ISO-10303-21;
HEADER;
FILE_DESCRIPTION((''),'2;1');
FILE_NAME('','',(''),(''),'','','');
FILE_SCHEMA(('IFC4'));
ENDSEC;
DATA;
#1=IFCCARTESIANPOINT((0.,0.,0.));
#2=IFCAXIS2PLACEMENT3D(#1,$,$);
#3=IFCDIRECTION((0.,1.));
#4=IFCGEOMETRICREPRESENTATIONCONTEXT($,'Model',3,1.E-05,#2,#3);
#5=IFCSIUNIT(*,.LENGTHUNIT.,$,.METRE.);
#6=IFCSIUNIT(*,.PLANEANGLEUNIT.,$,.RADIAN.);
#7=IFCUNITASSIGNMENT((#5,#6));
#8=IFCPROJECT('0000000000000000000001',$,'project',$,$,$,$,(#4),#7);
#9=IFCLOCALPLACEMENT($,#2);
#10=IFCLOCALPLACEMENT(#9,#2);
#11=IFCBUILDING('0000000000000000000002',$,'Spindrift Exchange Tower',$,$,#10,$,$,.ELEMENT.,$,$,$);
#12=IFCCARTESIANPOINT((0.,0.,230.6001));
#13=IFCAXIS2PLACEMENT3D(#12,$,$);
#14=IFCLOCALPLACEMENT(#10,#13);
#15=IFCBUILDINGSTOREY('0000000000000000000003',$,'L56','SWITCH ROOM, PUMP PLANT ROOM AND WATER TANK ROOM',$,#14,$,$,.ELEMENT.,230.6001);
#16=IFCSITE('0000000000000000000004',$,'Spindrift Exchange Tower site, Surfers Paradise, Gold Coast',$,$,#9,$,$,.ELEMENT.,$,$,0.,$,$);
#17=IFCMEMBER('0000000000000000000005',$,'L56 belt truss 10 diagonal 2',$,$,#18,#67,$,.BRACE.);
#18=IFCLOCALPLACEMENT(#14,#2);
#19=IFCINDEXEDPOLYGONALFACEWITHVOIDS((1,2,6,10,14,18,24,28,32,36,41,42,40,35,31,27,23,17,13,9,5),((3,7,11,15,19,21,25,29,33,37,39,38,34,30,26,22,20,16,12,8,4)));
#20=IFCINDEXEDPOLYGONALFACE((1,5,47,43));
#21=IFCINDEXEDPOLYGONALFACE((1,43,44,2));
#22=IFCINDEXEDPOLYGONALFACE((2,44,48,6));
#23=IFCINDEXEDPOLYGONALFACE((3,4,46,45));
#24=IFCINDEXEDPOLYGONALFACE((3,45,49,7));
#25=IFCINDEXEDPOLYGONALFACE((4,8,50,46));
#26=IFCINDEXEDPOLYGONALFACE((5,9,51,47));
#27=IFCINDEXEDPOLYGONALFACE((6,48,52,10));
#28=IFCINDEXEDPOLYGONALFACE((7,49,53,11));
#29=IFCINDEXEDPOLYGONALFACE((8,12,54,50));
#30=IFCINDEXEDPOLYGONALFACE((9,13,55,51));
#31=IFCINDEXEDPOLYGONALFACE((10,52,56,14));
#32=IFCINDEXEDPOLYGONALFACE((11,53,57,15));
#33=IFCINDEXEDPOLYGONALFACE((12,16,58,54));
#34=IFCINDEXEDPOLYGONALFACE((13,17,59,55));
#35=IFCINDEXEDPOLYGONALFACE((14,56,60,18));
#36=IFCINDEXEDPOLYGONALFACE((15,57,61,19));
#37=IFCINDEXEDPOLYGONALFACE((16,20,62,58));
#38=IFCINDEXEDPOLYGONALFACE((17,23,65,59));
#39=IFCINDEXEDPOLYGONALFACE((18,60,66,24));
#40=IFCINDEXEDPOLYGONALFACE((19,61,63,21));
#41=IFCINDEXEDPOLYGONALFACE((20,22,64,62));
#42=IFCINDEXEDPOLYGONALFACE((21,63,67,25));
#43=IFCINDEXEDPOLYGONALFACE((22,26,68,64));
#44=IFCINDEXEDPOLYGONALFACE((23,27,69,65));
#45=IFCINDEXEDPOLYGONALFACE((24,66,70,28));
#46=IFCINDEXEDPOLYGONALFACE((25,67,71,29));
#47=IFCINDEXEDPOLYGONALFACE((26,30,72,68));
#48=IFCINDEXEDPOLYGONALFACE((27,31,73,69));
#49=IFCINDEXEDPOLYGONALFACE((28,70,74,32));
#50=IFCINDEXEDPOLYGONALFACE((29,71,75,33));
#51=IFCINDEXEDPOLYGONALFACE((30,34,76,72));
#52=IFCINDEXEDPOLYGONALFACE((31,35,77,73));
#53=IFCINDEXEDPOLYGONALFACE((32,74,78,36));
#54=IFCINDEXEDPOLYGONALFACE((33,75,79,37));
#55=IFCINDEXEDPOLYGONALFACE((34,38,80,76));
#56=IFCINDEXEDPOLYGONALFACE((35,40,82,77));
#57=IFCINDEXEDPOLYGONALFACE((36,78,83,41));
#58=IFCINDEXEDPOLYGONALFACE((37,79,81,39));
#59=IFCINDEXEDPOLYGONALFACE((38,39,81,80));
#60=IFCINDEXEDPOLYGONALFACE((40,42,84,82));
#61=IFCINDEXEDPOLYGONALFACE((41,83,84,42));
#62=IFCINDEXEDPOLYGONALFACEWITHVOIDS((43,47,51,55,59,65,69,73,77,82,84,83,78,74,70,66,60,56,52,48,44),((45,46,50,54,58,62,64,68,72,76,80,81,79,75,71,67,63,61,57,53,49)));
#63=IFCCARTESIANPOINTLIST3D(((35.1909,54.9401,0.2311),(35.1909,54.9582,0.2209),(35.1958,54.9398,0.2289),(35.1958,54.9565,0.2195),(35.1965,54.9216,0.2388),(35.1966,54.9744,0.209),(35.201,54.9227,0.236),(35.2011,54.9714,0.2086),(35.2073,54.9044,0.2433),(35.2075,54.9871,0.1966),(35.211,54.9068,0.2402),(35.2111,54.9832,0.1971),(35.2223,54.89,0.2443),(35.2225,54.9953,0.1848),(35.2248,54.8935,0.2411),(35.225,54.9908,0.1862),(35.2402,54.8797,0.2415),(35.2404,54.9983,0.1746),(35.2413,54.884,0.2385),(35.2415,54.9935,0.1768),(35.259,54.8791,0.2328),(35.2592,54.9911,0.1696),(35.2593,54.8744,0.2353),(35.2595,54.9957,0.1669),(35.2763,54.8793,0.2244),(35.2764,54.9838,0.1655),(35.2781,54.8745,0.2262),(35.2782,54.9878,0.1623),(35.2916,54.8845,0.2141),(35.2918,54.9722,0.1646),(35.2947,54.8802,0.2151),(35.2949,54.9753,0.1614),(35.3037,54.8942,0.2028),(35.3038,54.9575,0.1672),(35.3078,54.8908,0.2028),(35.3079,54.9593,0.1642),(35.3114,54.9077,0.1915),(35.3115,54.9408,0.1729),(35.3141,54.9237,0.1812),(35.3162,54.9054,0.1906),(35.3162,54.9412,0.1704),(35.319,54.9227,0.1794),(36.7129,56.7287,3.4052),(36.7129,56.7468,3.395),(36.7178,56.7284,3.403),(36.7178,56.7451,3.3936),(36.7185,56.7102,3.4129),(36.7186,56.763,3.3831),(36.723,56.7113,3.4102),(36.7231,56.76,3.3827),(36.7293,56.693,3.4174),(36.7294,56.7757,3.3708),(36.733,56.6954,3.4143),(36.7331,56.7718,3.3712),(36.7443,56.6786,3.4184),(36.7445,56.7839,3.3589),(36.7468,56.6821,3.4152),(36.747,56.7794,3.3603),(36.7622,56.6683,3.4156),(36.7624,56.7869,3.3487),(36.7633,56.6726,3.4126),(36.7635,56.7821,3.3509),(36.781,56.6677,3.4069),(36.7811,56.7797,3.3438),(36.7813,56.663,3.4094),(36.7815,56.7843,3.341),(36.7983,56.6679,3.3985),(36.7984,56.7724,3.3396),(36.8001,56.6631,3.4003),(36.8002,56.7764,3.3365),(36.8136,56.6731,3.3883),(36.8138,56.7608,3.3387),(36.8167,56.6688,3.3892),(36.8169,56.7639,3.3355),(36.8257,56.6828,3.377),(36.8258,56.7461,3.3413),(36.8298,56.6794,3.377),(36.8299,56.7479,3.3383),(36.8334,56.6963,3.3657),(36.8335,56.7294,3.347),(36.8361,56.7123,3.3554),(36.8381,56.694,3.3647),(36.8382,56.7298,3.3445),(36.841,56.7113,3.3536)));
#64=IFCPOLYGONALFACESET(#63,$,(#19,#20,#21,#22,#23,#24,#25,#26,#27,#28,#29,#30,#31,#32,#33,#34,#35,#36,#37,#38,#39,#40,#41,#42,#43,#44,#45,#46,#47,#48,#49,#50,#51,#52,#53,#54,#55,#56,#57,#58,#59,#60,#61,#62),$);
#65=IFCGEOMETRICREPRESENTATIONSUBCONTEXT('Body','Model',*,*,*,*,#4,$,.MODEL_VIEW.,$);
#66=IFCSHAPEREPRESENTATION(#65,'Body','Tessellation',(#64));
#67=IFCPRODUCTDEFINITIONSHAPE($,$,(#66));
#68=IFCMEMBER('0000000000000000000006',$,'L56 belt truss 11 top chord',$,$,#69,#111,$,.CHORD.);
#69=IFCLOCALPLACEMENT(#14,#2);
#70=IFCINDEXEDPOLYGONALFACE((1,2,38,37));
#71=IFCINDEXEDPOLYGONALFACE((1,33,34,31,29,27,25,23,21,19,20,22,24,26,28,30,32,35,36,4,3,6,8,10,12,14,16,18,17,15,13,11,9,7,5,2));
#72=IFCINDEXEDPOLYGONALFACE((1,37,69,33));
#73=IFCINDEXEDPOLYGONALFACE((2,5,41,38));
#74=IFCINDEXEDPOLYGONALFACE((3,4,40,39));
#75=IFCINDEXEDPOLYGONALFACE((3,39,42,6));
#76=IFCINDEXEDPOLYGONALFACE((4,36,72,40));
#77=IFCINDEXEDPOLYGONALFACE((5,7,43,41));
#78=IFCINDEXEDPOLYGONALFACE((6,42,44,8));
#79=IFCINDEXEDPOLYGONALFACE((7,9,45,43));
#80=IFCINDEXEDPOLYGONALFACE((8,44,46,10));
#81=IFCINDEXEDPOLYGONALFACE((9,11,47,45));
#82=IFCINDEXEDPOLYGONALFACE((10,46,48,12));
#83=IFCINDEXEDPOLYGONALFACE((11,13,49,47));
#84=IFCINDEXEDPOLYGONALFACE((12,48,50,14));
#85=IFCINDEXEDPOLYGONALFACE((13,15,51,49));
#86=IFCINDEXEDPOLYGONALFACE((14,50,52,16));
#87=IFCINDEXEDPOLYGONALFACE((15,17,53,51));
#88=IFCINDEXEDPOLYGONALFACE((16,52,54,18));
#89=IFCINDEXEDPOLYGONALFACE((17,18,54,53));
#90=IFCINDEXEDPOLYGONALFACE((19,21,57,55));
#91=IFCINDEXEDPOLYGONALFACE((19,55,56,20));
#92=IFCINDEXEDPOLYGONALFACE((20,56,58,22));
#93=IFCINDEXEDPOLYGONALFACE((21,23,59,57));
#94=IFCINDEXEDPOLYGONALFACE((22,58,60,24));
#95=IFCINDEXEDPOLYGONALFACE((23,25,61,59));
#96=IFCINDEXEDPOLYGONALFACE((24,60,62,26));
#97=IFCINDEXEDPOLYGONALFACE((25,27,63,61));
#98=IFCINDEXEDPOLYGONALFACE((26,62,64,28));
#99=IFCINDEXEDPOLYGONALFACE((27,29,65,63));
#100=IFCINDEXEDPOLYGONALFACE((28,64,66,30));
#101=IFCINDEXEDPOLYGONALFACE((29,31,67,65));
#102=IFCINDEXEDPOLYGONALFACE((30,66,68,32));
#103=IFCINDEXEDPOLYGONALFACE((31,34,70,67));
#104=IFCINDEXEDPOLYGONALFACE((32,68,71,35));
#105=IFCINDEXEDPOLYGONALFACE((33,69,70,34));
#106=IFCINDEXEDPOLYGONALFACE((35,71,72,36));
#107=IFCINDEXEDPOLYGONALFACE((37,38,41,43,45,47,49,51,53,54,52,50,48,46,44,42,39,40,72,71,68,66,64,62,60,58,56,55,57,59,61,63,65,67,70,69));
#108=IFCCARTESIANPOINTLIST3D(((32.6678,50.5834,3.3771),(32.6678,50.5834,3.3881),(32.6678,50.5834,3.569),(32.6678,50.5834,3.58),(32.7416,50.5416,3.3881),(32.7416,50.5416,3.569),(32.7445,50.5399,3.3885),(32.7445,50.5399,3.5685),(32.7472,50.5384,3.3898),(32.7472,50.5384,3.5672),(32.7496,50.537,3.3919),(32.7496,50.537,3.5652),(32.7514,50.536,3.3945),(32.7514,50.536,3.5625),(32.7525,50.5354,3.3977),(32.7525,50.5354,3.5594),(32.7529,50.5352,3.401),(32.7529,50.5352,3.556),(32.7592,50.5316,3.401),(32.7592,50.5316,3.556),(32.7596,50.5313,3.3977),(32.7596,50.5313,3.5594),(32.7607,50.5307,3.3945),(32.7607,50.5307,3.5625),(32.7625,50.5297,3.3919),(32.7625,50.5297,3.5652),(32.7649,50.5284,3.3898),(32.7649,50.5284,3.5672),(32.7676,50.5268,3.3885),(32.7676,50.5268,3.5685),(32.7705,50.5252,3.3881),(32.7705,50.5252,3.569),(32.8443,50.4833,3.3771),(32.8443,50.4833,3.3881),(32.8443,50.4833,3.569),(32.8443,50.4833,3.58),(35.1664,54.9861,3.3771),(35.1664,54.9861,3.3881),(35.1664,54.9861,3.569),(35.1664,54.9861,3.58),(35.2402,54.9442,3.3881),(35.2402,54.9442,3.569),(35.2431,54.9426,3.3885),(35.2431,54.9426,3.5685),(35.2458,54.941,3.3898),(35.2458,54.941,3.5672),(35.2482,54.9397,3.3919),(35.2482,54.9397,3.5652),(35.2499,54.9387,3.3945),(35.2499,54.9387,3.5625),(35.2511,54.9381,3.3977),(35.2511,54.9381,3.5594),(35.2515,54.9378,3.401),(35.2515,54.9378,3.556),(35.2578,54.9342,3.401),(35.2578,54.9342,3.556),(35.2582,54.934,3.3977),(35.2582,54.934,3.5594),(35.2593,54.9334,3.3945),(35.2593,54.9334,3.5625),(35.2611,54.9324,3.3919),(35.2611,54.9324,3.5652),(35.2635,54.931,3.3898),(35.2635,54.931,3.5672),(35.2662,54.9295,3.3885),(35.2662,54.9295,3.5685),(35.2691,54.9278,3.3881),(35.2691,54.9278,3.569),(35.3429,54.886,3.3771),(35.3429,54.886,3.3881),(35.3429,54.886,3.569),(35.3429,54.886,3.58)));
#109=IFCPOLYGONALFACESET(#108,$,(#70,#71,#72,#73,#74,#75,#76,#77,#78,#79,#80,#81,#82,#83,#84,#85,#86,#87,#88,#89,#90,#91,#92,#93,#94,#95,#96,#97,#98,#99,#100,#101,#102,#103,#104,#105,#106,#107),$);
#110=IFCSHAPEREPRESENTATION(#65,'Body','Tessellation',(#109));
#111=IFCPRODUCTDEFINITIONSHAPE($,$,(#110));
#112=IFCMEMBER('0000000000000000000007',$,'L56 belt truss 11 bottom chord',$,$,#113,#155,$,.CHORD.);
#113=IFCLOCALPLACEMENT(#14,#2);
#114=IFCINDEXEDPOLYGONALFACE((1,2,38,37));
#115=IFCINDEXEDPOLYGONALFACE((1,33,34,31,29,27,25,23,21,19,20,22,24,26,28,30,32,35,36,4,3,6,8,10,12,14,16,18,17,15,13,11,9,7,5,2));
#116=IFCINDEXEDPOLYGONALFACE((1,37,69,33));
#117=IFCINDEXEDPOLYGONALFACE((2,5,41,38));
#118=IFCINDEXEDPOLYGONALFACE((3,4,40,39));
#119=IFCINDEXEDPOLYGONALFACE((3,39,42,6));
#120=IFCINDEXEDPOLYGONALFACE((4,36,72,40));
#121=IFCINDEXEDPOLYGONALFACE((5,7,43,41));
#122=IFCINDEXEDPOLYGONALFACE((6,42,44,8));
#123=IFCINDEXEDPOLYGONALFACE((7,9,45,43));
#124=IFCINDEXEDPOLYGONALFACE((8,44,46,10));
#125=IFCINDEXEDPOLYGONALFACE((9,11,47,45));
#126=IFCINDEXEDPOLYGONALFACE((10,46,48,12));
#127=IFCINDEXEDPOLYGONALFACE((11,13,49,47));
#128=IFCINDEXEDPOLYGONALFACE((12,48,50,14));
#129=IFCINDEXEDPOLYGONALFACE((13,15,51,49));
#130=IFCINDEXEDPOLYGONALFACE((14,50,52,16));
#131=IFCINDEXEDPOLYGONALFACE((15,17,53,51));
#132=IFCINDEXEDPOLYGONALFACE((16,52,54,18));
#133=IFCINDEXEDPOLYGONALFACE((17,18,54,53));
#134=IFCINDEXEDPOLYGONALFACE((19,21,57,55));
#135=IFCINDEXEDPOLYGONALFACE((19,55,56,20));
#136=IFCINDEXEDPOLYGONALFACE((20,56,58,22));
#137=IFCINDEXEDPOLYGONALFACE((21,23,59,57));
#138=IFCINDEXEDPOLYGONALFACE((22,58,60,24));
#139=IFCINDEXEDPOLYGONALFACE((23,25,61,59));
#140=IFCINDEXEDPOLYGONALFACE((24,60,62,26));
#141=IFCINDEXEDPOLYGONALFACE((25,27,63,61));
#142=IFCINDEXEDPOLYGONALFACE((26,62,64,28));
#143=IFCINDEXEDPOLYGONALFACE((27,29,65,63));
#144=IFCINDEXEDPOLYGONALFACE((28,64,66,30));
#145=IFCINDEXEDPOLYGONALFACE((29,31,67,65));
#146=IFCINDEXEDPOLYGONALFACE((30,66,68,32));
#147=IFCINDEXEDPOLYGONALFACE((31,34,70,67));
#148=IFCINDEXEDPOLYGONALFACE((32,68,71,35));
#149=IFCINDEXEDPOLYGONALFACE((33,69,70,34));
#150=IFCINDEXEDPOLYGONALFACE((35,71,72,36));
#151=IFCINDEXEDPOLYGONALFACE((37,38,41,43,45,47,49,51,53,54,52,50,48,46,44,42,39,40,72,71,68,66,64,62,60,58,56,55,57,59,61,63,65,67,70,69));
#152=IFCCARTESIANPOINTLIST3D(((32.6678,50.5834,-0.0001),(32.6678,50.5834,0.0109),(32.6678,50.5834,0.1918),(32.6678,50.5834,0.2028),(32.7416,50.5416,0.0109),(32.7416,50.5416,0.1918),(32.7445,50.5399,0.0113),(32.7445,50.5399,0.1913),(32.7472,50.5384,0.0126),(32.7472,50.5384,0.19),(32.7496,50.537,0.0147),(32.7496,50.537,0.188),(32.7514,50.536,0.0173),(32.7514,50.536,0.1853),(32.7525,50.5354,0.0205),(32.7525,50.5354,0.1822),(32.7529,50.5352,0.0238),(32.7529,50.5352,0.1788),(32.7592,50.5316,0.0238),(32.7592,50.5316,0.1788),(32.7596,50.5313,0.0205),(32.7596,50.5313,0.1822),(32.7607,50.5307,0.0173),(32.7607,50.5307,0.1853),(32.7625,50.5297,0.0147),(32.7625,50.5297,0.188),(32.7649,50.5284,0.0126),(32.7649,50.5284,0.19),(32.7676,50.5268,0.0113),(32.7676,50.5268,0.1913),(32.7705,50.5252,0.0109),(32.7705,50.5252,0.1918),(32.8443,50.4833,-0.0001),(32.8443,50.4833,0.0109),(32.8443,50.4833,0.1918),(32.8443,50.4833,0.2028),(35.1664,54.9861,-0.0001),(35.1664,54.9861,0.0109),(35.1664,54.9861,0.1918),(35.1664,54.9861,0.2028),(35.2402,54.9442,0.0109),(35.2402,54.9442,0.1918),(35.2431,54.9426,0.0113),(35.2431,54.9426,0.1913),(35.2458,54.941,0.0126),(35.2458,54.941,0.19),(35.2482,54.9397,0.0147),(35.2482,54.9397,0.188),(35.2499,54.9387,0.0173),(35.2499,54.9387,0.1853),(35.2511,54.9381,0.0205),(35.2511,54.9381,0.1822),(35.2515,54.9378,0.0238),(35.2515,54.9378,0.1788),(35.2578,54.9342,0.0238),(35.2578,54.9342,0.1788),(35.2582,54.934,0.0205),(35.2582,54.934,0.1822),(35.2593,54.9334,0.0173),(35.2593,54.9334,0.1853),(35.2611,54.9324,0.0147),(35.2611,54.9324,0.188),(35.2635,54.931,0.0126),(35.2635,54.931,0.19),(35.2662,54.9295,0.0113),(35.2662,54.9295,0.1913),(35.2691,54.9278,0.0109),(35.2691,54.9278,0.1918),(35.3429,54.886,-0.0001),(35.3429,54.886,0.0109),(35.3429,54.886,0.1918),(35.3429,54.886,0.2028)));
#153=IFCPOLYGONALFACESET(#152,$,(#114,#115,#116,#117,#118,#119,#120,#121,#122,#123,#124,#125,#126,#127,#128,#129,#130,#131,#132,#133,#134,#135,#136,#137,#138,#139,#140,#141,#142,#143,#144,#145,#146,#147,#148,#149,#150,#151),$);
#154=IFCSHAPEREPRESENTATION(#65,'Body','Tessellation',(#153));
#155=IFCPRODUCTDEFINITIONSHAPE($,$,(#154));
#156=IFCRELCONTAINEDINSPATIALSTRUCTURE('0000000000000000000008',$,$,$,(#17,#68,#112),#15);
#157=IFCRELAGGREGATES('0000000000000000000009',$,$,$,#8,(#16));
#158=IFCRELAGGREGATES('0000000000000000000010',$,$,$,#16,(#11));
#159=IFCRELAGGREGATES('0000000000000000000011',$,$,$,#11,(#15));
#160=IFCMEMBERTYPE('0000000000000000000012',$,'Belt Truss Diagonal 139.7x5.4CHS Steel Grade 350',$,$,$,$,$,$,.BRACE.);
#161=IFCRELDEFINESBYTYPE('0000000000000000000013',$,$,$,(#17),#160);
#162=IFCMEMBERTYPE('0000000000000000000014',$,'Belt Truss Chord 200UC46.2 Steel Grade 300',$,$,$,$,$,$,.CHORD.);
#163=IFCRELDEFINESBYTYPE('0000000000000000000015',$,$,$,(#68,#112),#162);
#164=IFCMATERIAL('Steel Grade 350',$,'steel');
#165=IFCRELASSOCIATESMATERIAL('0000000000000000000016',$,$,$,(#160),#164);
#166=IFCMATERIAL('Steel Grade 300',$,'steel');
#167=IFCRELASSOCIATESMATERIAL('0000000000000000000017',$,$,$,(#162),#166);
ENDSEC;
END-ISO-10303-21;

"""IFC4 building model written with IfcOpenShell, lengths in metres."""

from ifc_helpers import new_model, si_unit, direction, frame, origin, origin_2d, place, context, subcontext, project, spatial, hollow_circle, i_section, extrude, source, transform, mapped, material, material_profile, profile_set, type_object, element, save


model = new_model("IFC4")

# Units and contexts
model_context = context("Model", 3, precision=1e-05, world=origin(), true_north=direction((0.0, 1.0)))
body_context = subcontext(model_context, "Body", "Model", "MODEL_VIEW")
ifc_project = project(units=[si_unit("LENGTHUNIT", "METRE"), si_unit("PLANEANGLEUNIT", "RADIAN")], contexts=[model_context])

# Site, building, storey
site_placement = place(None, origin())
site = spatial("IfcSite", under=ifc_project, at=site_placement, Name="Spindrift Exchange Tower site, Surfers Paradise, Gold Coast", CompositionType="ELEMENT", RefElevation=0.0)
building_placement = place(site_placement, origin())
building = spatial("IfcBuilding", under=site, at=building_placement, Name="Spindrift Exchange Tower", CompositionType="ELEMENT")
storey_placement = place(building_placement, frame((0.0, 0.0, 230.6001)))
storey = spatial("IfcBuildingStorey", under=building, at=storey_placement, Name="L56", Description="SWITCH ROOM, PUMP PLANT ROOM AND WATER TANK ROOM", CompositionType="ELEMENT", Elevation=230.6001)

# Shared definitions
ifc_material_1 = material(Name="Steel Grade 300", Category="steel")

# Members
ifc_material_2 = material(Name="Steel Grade 350", Category="steel")
ifc_material_profile_1 = material_profile(ifc_material_2, hollow_circle(Radius=0.0698, WallThickness=0.0054, at=origin_2d()), Name="139.7x5.4CHS")
ifc_profile_set_1 = profile_set([ifc_material_profile_1], Name="Steel Grade 350")
member_type_1 = type_object("IfcMemberType", Name="Belt Truss Diagonal 139.7x5.4CHS Steel Grade 350", PredefinedType="BRACE", material=ifc_profile_set_1)
shared_shape_1 = source(origin(), body_context, "Body", "SweptSolid", [
    extrude(hollow_circle(Radius=0.0698, WallThickness=0.0054, at=origin_2d()), origin(), (0.0, 0.0, 1.0), 3.9485),
])
member_1_placement = place(storey_placement, frame((36.7766, 56.7246, 3.377), z_axis=(-0.385462, -0.452983, -0.803881), x_axis=(0.761585, -0.648065, 0.0)))
element("IfcMember", 1, at=member_1_placement, inside=storey, type_object=member_type_1, Name="L56 belt truss 10 diagonal 2", PredefinedType="BRACE", context=body_context, shape_type="MappedRepresentation", body=[
    mapped(shared_shape_1, transform((0.0, 0.0, 0.0), scale=1.0)),
])
ifc_material_profile_2 = material_profile(ifc_material_1, i_section(OverallWidth=0.2029, OverallDepth=0.2029, WebThickness=0.0073, FlangeThickness=0.011, FilletRadius=0.0129, at=origin_2d()), Name="200UC46.2")
ifc_profile_set_2 = profile_set([ifc_material_profile_2], Name="Steel Grade 300")
member_type_2 = type_object("IfcMemberType", Name="Belt Truss Chord 200UC46.2 Steel Grade 300", PredefinedType="CHORD", material=ifc_profile_set_2)
shared_shape_2 = source(origin(), body_context, "Body", "SweptSolid", [
    extrude(i_section(OverallWidth=0.2029, OverallDepth=0.2029, WebThickness=0.0073, FlangeThickness=0.011, FilletRadius=0.0129, at=origin_2d()), origin(), (0.0, 0.0, 1.0), 5.0623),
])
for number, where, z_axis, x_axis, name in (
    (2, (35.2546, 54.936, 3.4785), (-0.493571, -0.869705, 0.0), (0.869705, -0.493571, 0.0), "L56 belt truss 11 top chord"),
    (3, (35.2546, 54.936, 0.1013), (-0.493571, -0.869705, 0.0), (0.869705, -0.493571, 0.0), "L56 belt truss 11 bottom chord"),
):
    element("IfcMember", number, at=place(storey_placement, frame(where, z_axis=z_axis, x_axis=x_axis)), inside=storey, type_object=member_type_2, Name=name, PredefinedType="CHORD", context=body_context, shape_type="MappedRepresentation", body=[
        mapped(shared_shape_2, transform((0.0, 0.0, 0.0), scale=1.0)),
    ])

save(model, "model.ifc")
